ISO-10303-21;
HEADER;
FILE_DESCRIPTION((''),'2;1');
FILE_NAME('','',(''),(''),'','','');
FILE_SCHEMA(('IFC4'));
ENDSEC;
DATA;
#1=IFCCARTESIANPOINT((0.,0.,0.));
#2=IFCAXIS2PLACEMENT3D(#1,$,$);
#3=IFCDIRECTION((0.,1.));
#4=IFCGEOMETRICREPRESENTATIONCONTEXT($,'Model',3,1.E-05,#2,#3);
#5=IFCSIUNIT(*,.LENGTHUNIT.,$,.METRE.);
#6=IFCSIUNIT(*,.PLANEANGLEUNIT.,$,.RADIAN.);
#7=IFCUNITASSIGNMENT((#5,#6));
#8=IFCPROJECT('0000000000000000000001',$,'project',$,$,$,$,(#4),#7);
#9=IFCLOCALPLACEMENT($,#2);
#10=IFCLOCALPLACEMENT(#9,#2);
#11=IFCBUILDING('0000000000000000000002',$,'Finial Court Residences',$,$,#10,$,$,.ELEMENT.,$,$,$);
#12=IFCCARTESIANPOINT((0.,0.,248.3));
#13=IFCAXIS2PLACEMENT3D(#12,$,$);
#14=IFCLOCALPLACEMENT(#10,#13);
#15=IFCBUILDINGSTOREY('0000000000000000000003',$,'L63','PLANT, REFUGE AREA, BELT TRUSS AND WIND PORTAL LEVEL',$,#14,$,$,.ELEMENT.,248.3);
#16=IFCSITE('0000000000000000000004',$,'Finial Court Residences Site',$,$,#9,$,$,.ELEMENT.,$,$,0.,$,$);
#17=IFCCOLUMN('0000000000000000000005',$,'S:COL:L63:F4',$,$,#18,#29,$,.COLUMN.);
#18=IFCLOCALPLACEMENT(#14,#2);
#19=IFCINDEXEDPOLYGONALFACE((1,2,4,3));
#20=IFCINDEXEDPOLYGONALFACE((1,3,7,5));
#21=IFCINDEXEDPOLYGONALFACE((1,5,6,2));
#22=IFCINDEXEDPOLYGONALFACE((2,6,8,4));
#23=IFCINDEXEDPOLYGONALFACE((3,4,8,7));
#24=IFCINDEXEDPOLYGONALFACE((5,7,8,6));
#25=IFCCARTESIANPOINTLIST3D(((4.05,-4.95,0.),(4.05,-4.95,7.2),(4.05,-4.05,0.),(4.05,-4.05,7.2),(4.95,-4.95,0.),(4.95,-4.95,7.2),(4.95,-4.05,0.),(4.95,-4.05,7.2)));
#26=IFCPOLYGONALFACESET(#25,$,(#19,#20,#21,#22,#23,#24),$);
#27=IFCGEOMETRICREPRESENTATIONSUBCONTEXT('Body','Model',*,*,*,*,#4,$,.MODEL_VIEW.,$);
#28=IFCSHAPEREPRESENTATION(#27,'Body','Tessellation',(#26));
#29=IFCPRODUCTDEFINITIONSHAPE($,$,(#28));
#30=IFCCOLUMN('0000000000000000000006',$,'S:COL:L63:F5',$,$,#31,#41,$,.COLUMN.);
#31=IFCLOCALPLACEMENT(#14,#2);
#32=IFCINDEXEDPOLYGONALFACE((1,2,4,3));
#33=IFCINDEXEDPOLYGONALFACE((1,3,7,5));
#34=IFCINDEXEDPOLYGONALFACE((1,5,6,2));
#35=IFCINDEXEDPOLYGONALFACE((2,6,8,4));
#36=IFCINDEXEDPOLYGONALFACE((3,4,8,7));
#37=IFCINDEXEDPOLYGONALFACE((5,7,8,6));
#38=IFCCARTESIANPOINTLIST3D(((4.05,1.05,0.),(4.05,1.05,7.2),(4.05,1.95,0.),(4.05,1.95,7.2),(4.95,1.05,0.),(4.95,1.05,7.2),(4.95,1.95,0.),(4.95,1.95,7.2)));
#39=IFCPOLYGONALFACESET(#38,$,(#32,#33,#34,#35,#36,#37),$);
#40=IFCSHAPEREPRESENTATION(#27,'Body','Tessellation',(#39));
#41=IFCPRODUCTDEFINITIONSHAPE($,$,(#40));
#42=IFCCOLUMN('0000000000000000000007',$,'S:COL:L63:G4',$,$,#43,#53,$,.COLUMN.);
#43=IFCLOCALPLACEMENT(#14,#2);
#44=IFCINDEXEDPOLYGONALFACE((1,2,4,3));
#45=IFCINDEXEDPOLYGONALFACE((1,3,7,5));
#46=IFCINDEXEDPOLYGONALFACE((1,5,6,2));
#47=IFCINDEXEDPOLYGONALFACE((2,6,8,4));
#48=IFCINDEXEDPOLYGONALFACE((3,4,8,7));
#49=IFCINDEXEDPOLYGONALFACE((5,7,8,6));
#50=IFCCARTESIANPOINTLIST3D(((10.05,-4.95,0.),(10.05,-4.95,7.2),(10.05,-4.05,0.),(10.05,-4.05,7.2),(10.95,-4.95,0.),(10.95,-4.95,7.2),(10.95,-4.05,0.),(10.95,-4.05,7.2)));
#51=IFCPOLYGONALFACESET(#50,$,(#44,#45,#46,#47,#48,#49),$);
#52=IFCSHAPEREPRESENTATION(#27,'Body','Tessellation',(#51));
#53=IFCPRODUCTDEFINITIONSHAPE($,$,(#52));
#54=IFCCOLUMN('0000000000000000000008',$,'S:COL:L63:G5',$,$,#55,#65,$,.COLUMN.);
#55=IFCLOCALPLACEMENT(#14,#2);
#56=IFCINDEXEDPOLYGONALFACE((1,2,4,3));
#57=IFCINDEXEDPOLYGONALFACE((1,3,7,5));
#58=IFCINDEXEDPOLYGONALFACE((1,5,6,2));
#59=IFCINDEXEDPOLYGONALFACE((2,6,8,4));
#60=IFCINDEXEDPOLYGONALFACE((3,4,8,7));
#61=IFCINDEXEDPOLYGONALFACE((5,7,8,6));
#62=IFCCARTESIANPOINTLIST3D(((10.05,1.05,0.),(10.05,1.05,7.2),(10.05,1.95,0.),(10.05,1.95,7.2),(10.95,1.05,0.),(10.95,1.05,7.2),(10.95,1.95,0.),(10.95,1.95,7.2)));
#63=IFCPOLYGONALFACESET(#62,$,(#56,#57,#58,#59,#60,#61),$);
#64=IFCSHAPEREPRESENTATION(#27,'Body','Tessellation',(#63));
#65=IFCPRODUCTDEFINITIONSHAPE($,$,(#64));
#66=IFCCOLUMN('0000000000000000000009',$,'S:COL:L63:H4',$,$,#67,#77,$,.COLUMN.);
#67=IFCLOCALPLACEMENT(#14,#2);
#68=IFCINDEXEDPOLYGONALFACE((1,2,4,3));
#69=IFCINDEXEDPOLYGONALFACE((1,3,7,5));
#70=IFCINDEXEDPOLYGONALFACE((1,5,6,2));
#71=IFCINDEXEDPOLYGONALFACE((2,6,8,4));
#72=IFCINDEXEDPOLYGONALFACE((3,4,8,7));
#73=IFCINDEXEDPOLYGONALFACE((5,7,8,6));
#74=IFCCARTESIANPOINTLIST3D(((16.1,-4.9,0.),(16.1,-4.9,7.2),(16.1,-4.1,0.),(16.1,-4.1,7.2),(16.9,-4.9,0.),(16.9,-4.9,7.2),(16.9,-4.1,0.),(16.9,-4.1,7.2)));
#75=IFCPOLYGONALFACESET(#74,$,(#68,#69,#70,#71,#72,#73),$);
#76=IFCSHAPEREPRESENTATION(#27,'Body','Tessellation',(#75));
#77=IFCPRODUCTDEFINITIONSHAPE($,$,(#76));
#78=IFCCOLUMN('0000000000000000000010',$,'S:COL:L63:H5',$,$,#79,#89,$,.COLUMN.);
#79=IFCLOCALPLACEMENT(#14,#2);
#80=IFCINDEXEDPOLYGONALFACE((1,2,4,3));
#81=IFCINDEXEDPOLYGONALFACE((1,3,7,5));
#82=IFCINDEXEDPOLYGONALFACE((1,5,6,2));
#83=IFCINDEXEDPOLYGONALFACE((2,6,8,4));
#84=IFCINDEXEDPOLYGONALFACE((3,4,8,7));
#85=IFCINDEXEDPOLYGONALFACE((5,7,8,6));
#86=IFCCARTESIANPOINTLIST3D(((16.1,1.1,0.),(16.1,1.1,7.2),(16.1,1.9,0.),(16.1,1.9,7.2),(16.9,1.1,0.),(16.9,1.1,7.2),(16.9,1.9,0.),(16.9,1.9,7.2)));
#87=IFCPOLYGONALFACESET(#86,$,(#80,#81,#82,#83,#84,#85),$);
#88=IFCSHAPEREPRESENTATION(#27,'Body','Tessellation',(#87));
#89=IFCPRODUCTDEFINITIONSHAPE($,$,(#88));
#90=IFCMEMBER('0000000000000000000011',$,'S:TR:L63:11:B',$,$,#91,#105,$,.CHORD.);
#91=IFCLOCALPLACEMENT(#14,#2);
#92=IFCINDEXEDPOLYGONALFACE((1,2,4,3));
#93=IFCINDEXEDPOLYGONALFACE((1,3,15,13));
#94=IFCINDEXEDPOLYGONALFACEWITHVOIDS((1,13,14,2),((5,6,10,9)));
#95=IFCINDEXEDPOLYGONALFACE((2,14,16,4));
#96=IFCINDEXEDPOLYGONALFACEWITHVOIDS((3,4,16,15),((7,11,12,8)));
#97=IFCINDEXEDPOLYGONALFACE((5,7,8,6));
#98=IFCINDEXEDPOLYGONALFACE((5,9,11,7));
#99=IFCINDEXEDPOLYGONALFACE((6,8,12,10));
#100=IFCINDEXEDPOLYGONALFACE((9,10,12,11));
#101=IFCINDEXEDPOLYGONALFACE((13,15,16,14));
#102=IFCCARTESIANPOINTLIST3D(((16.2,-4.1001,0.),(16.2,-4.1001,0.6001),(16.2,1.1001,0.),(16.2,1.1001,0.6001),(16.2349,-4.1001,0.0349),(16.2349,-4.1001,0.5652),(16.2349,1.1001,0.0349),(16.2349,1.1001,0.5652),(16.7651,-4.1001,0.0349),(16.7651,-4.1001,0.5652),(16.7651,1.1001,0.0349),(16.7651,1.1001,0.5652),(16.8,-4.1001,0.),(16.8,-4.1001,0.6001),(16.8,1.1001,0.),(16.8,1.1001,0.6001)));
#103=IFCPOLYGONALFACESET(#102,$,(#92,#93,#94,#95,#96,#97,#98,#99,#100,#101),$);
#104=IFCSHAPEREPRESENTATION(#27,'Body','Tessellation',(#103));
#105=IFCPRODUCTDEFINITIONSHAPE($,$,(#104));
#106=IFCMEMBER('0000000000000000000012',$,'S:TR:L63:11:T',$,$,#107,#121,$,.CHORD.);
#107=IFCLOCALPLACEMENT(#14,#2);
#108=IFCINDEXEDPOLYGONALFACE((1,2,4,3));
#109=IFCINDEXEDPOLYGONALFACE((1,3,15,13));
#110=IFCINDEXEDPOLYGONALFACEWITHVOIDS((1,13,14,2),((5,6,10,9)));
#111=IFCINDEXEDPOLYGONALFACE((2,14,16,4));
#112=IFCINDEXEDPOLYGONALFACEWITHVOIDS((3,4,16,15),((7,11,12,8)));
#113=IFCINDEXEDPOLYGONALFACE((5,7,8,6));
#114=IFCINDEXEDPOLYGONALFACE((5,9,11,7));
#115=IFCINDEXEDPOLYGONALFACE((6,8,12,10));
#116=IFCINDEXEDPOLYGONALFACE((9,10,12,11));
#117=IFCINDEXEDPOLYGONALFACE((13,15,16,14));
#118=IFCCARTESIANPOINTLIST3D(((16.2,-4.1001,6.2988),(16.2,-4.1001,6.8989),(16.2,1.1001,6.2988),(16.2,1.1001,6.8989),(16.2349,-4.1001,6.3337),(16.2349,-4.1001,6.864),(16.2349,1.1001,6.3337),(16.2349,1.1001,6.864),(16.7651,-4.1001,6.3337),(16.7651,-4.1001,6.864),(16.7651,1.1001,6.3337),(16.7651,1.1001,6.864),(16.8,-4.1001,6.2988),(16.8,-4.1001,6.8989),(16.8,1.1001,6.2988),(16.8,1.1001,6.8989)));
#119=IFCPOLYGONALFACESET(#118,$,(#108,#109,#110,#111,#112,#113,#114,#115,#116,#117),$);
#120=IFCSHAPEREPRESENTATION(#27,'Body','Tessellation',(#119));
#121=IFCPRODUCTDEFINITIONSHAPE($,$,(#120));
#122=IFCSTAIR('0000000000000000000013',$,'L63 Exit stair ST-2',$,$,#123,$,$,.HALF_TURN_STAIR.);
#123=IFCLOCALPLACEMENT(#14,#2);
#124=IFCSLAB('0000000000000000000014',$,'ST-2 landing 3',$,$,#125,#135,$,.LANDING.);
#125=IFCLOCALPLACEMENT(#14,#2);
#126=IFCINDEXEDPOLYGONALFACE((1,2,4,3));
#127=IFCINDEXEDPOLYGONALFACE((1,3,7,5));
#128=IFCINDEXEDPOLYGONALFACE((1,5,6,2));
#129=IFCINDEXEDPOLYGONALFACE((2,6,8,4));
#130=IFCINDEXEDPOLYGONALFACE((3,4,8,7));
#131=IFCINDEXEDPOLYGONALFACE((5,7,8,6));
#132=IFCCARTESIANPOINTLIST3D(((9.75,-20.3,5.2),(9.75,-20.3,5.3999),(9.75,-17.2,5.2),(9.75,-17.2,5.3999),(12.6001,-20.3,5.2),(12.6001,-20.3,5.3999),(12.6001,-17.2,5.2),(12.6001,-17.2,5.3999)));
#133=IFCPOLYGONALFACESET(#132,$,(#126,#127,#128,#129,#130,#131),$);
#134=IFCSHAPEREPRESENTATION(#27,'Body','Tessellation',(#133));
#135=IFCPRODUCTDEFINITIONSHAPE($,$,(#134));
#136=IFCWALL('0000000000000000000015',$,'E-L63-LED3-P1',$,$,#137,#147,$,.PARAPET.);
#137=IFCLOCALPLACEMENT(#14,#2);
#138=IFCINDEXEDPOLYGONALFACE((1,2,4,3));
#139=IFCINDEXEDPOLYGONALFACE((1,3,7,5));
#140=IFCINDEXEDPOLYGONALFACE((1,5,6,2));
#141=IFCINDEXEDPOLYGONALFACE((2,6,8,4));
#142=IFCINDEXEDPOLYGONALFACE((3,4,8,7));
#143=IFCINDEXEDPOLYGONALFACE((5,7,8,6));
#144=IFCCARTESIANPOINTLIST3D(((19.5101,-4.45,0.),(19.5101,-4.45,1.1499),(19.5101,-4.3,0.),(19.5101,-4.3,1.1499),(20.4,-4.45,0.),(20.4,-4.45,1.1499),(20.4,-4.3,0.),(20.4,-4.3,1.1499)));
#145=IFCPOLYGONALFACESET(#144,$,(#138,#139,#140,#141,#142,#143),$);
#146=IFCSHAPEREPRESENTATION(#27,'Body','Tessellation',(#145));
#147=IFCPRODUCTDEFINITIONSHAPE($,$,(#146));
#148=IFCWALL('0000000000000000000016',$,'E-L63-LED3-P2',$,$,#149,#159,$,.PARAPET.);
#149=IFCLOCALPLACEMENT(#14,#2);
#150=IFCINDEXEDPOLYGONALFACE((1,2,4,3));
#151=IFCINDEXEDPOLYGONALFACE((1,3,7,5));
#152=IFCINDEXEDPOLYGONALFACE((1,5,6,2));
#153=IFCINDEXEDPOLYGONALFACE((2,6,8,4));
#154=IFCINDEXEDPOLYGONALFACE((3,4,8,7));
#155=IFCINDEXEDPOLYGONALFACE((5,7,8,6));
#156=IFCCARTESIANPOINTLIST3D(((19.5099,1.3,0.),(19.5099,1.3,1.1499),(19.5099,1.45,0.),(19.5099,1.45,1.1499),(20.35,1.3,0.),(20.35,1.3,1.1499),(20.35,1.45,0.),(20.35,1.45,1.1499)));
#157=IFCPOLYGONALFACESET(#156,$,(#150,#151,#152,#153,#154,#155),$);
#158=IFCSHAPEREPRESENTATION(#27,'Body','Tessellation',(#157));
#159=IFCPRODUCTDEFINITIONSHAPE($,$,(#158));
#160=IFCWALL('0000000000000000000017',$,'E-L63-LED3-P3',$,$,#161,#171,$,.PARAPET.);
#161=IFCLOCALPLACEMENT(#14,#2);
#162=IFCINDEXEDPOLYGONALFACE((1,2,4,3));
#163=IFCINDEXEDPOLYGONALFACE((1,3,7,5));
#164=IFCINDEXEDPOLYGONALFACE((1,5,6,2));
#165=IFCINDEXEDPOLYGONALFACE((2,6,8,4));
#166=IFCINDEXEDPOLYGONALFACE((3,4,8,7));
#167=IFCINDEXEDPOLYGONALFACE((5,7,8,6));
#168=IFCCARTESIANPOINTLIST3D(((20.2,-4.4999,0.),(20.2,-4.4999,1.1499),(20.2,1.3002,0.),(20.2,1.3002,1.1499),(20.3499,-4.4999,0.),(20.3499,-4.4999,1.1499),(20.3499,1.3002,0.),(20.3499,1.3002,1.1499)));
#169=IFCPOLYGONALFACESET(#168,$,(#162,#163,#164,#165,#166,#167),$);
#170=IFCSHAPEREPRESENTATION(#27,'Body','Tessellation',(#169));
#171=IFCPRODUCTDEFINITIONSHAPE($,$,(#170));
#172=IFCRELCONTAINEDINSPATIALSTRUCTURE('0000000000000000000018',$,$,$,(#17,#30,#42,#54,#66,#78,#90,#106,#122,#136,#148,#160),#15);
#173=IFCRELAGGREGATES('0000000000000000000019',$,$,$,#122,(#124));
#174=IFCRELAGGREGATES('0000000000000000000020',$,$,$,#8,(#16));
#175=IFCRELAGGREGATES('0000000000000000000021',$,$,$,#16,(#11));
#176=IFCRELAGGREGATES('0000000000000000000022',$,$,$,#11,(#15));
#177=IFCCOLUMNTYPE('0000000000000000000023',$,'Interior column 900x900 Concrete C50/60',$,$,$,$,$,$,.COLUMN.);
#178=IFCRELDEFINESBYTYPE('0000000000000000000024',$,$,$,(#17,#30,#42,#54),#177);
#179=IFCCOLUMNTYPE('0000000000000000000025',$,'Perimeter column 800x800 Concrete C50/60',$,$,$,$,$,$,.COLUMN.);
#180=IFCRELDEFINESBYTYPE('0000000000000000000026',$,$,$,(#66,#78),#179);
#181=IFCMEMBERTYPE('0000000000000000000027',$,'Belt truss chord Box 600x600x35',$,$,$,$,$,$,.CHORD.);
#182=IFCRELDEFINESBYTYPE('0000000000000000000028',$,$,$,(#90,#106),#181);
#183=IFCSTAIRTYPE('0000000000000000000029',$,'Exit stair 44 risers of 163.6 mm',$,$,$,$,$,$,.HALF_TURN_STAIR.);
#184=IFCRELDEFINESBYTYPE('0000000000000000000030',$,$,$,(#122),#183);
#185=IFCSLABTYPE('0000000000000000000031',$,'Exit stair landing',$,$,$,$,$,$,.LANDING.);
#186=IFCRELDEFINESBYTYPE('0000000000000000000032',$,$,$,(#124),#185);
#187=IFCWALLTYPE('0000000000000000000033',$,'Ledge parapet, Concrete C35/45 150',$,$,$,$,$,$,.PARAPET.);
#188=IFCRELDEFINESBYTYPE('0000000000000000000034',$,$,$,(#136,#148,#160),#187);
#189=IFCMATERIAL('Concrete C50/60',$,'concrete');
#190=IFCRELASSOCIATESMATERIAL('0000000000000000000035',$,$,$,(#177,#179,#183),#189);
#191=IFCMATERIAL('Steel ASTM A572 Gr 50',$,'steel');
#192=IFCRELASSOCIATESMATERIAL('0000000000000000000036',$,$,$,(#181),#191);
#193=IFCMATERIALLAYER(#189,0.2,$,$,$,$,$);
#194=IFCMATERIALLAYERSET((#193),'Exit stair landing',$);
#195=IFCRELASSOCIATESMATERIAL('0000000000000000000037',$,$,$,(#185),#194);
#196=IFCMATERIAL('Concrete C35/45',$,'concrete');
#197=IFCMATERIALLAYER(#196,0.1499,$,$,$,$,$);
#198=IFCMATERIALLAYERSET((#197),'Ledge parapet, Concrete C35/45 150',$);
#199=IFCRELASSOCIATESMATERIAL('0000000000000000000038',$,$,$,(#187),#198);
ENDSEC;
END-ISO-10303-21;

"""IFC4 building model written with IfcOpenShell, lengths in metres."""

from ifc_helpers import new_model, si_unit, direction, frame, frame_2d, origin, origin_2d, place, context, subcontext, project, spatial, polyline, rectangle, hollow_rectangle, outline, extrude, material, layer, layer_set, material_profile, profile_set, type_object, element, aggregate, save


model = new_model("IFC4")

# Units and contexts
model_context = context("Model", 3, precision=1e-05, world=origin(), true_north=direction((0.0, 1.0)))
body_context = subcontext(model_context, "Body", "Model", "MODEL_VIEW")
ifc_project = project(units=[si_unit("LENGTHUNIT", "METRE"), si_unit("PLANEANGLEUNIT", "RADIAN")], contexts=[model_context])

# Site, building, storey
site_placement = place(None, origin())
site = spatial("IfcSite", under=ifc_project, at=site_placement, Name="Finial Court Residences Site", CompositionType="ELEMENT", RefElevation=0.0)
building_placement = place(site_placement, origin())
building = spatial("IfcBuilding", under=site, at=building_placement, Name="Finial Court Residences", CompositionType="ELEMENT")
storey_placement = place(building_placement, frame((0.0, 0.0, 248.3)))
storey = spatial("IfcBuildingStorey", under=building, at=storey_placement, Name="L63", Description="PLANT, REFUGE AREA, BELT TRUSS AND WIND PORTAL LEVEL", CompositionType="ELEMENT", Elevation=248.3)

# Columns
ifc_material_1 = material(Name="Concrete C50/60", Category="concrete")
ifc_material_profile_1 = material_profile(ifc_material_1, rectangle(XDim=0.8999, YDim=0.8999, at=origin_2d()), Name="900x900")
ifc_profile_set_1 = profile_set([ifc_material_profile_1], Name="Concrete C50/60")
column_type_1 = type_object("IfcColumnType", Name="Interior column 900x900 Concrete C50/60", PredefinedType="COLUMN", material=ifc_profile_set_1)
for number, where, z_axis, x_axis, name in (
    (1, (4.5, -4.5, 0.0), (0.0, 0.0, 1.0), (1.0, 0.0, 0.0), "S:COL:L63:F4"),
    (2, (4.5, 1.5, 0.0), (0.0, 0.0, 1.0), (1.0, 0.0, 0.0), "S:COL:L63:F5"),
    (3, (10.5, -4.5, 0.0), (0.0, 0.0, 1.0), (1.0, 0.0, 0.0), "S:COL:L63:G4"),
    (4, (10.5, 1.5, 0.0), (0.0, 0.0, 1.0), (1.0, 0.0, 0.0), "S:COL:L63:G5"),
):
    element("IfcColumn", number, at=place(storey_placement, frame(where, z_axis=z_axis, x_axis=x_axis)), inside=storey, type_object=column_type_1, Name=name, PredefinedType="COLUMN", context=body_context, shape_type="SweptSolid", body=[
        extrude(rectangle(XDim=0.8999, YDim=0.8999, at=origin_2d()), origin(), (0.0, 0.0, 1.0), 7.2),
    ])
ifc_material_profile_2 = material_profile(ifc_material_1, rectangle(XDim=0.8, YDim=0.8, at=origin_2d()), Name="800x800")
ifc_profile_set_2 = profile_set([ifc_material_profile_2], Name="Concrete C50/60")
column_type_2 = type_object("IfcColumnType", Name="Perimeter column 800x800 Concrete C50/60", PredefinedType="COLUMN", material=ifc_profile_set_2)
for number, where, z_axis, x_axis, name in (
    (5, (16.5, -4.5, 0.0), (0.0, 0.0, 1.0), (1.0, 0.0, 0.0), "S:COL:L63:H4"),
    (6, (16.5, 1.5, 0.0), (0.0, 0.0, 1.0), (1.0, 0.0, 0.0), "S:COL:L63:H5"),
):
    element("IfcColumn", number, at=place(storey_placement, frame(where, z_axis=z_axis, x_axis=x_axis)), inside=storey, type_object=column_type_2, Name=name, PredefinedType="COLUMN", context=body_context, shape_type="SweptSolid", body=[
        extrude(rectangle(XDim=0.8, YDim=0.8, at=origin_2d()), origin(), (0.0, 0.0, 1.0), 7.2),
    ])

# Members
ifc_material_2 = material(Name="Steel ASTM A572 Gr 50", Category="steel")
ifc_material_profile_3 = material_profile(ifc_material_2, hollow_rectangle(XDim=0.6001, YDim=0.6001, WallThickness=0.0349, at=origin_2d()), Name="Box 600x600x35")
ifc_profile_set_3 = profile_set([ifc_material_profile_3], Name="Steel ASTM A572 Gr 50")
member_type = type_object("IfcMemberType", Name="Belt truss chord Box 600x600x35", PredefinedType="CHORD", material=ifc_profile_set_3)
for number, where, z_axis, x_axis, name in (
    (7, (16.5, 1.1001, 0.3), (0.0, -1.0, 0.0), (1.0, 0.0, 0.0), "S:TR:L63:11:B"),
    (8, (16.5, 1.1001, 6.5989), (0.0, -1.0, 0.0), (1.0, 0.0, 0.0), "S:TR:L63:11:T"),
):
    element("IfcMember", number, at=place(storey_placement, frame(where, z_axis=z_axis, x_axis=x_axis)), inside=storey, type_object=member_type, Name=name, PredefinedType="CHORD", context=body_context, shape_type="SweptSolid", body=[
        extrude(hollow_rectangle(XDim=0.6001, YDim=0.6001, WallThickness=0.0349, at=origin_2d()), origin(), (0.0, 0.0, 1.0), 5.2002),
    ])

# Stair, slab
stair_type = type_object("IfcStairType", Name="Exit stair 44 risers of 163.6 mm", PredefinedType="HALF_TURN_STAIR", material=ifc_material_1)
stair_placement = place(storey_placement, origin())
stair = element("IfcStair", 9, at=stair_placement, inside=storey, type_object=stair_type, Name="L63 Exit stair ST-2", PredefinedType="HALF_TURN_STAIR")
ifc_layer_1 = layer(ifc_material_1, 0.2)
ifc_layer_set_1 = layer_set([ifc_layer_1], Name="Exit stair landing")
slab_type = type_object("IfcSlabType", Name="Exit stair landing", PredefinedType="LANDING", material=ifc_layer_set_1)
slab_placement = place(storey_placement, frame((0.0, 0.0, 5.2)))
slab = element("IfcSlab", 10, at=slab_placement, type_object=slab_type, Name="ST-2 landing 3", PredefinedType="LANDING", context=body_context, shape_type="SweptSolid", body=[
    extrude(outline(polyline([(12.6001, -20.3), (12.6001, -17.2), (9.75, -17.2), (9.75, -20.3), (12.6001, -20.3)])), origin(), (0.0, 0.0, 1.0), 0.2),
])
aggregate(stair, [slab])

# Walls
ifc_material_3 = material(Name="Concrete C35/45", Category="concrete")
ifc_layer_2 = layer(ifc_material_3, 0.1499)
ifc_layer_set_2 = layer_set([ifc_layer_2], Name="Ledge parapet, Concrete C35/45 150")
wall_type_1 = type_object("IfcWallType", Name="Ledge parapet, Concrete C35/45 150", PredefinedType="PARAPET", material=ifc_layer_set_2)
wall_1_placement = place(storey_placement, frame((20.3999, -4.375, 0.0), z_axis=(0.0, 0.0, 1.0), x_axis=(-1.0, 0.0, 0.0)))
element("IfcWall", 11, at=wall_1_placement, inside=storey, type_object=wall_type_1, Name="E-L63-LED3-P1", PredefinedType="PARAPET", context=body_context, shape_type="SweptSolid", body=[
    extrude(rectangle(XDim=0.8899, YDim=0.1499, at=frame_2d((0.4448, 0.0))), origin(), (0.0, 0.0, 1.0), 1.1499),
])
wall_2_placement = place(storey_placement, frame((19.51, 1.375, 0.0), z_axis=(0.0, 0.0, 1.0), x_axis=(1.0, 0.0, 0.0)))
element("IfcWall", 12, at=wall_2_placement, inside=storey, type_object=wall_type_1, Name="E-L63-LED3-P2", PredefinedType="PARAPET", context=body_context, shape_type="SweptSolid", body=[
    extrude(rectangle(XDim=0.8401, YDim=0.1499, at=frame_2d((0.4199, 0.0))), origin(), (0.0, 0.0, 1.0), 1.1499),
])
wall_3_placement = place(storey_placement, frame((20.2749, 1.3, 0.0), z_axis=(0.0, 0.0, 1.0), x_axis=(0.0, -1.0, 0.0)))
element("IfcWall", 13, at=wall_3_placement, inside=storey, type_object=wall_type_1, Name="E-L63-LED3-P3", PredefinedType="PARAPET", context=body_context, shape_type="SweptSolid", body=[
    extrude(rectangle(XDim=5.8, YDim=0.1499, at=frame_2d((2.8999, 0.0))), origin(), (0.0, 0.0, 1.0), 1.1499),
])

save(model, "model.ifc")
